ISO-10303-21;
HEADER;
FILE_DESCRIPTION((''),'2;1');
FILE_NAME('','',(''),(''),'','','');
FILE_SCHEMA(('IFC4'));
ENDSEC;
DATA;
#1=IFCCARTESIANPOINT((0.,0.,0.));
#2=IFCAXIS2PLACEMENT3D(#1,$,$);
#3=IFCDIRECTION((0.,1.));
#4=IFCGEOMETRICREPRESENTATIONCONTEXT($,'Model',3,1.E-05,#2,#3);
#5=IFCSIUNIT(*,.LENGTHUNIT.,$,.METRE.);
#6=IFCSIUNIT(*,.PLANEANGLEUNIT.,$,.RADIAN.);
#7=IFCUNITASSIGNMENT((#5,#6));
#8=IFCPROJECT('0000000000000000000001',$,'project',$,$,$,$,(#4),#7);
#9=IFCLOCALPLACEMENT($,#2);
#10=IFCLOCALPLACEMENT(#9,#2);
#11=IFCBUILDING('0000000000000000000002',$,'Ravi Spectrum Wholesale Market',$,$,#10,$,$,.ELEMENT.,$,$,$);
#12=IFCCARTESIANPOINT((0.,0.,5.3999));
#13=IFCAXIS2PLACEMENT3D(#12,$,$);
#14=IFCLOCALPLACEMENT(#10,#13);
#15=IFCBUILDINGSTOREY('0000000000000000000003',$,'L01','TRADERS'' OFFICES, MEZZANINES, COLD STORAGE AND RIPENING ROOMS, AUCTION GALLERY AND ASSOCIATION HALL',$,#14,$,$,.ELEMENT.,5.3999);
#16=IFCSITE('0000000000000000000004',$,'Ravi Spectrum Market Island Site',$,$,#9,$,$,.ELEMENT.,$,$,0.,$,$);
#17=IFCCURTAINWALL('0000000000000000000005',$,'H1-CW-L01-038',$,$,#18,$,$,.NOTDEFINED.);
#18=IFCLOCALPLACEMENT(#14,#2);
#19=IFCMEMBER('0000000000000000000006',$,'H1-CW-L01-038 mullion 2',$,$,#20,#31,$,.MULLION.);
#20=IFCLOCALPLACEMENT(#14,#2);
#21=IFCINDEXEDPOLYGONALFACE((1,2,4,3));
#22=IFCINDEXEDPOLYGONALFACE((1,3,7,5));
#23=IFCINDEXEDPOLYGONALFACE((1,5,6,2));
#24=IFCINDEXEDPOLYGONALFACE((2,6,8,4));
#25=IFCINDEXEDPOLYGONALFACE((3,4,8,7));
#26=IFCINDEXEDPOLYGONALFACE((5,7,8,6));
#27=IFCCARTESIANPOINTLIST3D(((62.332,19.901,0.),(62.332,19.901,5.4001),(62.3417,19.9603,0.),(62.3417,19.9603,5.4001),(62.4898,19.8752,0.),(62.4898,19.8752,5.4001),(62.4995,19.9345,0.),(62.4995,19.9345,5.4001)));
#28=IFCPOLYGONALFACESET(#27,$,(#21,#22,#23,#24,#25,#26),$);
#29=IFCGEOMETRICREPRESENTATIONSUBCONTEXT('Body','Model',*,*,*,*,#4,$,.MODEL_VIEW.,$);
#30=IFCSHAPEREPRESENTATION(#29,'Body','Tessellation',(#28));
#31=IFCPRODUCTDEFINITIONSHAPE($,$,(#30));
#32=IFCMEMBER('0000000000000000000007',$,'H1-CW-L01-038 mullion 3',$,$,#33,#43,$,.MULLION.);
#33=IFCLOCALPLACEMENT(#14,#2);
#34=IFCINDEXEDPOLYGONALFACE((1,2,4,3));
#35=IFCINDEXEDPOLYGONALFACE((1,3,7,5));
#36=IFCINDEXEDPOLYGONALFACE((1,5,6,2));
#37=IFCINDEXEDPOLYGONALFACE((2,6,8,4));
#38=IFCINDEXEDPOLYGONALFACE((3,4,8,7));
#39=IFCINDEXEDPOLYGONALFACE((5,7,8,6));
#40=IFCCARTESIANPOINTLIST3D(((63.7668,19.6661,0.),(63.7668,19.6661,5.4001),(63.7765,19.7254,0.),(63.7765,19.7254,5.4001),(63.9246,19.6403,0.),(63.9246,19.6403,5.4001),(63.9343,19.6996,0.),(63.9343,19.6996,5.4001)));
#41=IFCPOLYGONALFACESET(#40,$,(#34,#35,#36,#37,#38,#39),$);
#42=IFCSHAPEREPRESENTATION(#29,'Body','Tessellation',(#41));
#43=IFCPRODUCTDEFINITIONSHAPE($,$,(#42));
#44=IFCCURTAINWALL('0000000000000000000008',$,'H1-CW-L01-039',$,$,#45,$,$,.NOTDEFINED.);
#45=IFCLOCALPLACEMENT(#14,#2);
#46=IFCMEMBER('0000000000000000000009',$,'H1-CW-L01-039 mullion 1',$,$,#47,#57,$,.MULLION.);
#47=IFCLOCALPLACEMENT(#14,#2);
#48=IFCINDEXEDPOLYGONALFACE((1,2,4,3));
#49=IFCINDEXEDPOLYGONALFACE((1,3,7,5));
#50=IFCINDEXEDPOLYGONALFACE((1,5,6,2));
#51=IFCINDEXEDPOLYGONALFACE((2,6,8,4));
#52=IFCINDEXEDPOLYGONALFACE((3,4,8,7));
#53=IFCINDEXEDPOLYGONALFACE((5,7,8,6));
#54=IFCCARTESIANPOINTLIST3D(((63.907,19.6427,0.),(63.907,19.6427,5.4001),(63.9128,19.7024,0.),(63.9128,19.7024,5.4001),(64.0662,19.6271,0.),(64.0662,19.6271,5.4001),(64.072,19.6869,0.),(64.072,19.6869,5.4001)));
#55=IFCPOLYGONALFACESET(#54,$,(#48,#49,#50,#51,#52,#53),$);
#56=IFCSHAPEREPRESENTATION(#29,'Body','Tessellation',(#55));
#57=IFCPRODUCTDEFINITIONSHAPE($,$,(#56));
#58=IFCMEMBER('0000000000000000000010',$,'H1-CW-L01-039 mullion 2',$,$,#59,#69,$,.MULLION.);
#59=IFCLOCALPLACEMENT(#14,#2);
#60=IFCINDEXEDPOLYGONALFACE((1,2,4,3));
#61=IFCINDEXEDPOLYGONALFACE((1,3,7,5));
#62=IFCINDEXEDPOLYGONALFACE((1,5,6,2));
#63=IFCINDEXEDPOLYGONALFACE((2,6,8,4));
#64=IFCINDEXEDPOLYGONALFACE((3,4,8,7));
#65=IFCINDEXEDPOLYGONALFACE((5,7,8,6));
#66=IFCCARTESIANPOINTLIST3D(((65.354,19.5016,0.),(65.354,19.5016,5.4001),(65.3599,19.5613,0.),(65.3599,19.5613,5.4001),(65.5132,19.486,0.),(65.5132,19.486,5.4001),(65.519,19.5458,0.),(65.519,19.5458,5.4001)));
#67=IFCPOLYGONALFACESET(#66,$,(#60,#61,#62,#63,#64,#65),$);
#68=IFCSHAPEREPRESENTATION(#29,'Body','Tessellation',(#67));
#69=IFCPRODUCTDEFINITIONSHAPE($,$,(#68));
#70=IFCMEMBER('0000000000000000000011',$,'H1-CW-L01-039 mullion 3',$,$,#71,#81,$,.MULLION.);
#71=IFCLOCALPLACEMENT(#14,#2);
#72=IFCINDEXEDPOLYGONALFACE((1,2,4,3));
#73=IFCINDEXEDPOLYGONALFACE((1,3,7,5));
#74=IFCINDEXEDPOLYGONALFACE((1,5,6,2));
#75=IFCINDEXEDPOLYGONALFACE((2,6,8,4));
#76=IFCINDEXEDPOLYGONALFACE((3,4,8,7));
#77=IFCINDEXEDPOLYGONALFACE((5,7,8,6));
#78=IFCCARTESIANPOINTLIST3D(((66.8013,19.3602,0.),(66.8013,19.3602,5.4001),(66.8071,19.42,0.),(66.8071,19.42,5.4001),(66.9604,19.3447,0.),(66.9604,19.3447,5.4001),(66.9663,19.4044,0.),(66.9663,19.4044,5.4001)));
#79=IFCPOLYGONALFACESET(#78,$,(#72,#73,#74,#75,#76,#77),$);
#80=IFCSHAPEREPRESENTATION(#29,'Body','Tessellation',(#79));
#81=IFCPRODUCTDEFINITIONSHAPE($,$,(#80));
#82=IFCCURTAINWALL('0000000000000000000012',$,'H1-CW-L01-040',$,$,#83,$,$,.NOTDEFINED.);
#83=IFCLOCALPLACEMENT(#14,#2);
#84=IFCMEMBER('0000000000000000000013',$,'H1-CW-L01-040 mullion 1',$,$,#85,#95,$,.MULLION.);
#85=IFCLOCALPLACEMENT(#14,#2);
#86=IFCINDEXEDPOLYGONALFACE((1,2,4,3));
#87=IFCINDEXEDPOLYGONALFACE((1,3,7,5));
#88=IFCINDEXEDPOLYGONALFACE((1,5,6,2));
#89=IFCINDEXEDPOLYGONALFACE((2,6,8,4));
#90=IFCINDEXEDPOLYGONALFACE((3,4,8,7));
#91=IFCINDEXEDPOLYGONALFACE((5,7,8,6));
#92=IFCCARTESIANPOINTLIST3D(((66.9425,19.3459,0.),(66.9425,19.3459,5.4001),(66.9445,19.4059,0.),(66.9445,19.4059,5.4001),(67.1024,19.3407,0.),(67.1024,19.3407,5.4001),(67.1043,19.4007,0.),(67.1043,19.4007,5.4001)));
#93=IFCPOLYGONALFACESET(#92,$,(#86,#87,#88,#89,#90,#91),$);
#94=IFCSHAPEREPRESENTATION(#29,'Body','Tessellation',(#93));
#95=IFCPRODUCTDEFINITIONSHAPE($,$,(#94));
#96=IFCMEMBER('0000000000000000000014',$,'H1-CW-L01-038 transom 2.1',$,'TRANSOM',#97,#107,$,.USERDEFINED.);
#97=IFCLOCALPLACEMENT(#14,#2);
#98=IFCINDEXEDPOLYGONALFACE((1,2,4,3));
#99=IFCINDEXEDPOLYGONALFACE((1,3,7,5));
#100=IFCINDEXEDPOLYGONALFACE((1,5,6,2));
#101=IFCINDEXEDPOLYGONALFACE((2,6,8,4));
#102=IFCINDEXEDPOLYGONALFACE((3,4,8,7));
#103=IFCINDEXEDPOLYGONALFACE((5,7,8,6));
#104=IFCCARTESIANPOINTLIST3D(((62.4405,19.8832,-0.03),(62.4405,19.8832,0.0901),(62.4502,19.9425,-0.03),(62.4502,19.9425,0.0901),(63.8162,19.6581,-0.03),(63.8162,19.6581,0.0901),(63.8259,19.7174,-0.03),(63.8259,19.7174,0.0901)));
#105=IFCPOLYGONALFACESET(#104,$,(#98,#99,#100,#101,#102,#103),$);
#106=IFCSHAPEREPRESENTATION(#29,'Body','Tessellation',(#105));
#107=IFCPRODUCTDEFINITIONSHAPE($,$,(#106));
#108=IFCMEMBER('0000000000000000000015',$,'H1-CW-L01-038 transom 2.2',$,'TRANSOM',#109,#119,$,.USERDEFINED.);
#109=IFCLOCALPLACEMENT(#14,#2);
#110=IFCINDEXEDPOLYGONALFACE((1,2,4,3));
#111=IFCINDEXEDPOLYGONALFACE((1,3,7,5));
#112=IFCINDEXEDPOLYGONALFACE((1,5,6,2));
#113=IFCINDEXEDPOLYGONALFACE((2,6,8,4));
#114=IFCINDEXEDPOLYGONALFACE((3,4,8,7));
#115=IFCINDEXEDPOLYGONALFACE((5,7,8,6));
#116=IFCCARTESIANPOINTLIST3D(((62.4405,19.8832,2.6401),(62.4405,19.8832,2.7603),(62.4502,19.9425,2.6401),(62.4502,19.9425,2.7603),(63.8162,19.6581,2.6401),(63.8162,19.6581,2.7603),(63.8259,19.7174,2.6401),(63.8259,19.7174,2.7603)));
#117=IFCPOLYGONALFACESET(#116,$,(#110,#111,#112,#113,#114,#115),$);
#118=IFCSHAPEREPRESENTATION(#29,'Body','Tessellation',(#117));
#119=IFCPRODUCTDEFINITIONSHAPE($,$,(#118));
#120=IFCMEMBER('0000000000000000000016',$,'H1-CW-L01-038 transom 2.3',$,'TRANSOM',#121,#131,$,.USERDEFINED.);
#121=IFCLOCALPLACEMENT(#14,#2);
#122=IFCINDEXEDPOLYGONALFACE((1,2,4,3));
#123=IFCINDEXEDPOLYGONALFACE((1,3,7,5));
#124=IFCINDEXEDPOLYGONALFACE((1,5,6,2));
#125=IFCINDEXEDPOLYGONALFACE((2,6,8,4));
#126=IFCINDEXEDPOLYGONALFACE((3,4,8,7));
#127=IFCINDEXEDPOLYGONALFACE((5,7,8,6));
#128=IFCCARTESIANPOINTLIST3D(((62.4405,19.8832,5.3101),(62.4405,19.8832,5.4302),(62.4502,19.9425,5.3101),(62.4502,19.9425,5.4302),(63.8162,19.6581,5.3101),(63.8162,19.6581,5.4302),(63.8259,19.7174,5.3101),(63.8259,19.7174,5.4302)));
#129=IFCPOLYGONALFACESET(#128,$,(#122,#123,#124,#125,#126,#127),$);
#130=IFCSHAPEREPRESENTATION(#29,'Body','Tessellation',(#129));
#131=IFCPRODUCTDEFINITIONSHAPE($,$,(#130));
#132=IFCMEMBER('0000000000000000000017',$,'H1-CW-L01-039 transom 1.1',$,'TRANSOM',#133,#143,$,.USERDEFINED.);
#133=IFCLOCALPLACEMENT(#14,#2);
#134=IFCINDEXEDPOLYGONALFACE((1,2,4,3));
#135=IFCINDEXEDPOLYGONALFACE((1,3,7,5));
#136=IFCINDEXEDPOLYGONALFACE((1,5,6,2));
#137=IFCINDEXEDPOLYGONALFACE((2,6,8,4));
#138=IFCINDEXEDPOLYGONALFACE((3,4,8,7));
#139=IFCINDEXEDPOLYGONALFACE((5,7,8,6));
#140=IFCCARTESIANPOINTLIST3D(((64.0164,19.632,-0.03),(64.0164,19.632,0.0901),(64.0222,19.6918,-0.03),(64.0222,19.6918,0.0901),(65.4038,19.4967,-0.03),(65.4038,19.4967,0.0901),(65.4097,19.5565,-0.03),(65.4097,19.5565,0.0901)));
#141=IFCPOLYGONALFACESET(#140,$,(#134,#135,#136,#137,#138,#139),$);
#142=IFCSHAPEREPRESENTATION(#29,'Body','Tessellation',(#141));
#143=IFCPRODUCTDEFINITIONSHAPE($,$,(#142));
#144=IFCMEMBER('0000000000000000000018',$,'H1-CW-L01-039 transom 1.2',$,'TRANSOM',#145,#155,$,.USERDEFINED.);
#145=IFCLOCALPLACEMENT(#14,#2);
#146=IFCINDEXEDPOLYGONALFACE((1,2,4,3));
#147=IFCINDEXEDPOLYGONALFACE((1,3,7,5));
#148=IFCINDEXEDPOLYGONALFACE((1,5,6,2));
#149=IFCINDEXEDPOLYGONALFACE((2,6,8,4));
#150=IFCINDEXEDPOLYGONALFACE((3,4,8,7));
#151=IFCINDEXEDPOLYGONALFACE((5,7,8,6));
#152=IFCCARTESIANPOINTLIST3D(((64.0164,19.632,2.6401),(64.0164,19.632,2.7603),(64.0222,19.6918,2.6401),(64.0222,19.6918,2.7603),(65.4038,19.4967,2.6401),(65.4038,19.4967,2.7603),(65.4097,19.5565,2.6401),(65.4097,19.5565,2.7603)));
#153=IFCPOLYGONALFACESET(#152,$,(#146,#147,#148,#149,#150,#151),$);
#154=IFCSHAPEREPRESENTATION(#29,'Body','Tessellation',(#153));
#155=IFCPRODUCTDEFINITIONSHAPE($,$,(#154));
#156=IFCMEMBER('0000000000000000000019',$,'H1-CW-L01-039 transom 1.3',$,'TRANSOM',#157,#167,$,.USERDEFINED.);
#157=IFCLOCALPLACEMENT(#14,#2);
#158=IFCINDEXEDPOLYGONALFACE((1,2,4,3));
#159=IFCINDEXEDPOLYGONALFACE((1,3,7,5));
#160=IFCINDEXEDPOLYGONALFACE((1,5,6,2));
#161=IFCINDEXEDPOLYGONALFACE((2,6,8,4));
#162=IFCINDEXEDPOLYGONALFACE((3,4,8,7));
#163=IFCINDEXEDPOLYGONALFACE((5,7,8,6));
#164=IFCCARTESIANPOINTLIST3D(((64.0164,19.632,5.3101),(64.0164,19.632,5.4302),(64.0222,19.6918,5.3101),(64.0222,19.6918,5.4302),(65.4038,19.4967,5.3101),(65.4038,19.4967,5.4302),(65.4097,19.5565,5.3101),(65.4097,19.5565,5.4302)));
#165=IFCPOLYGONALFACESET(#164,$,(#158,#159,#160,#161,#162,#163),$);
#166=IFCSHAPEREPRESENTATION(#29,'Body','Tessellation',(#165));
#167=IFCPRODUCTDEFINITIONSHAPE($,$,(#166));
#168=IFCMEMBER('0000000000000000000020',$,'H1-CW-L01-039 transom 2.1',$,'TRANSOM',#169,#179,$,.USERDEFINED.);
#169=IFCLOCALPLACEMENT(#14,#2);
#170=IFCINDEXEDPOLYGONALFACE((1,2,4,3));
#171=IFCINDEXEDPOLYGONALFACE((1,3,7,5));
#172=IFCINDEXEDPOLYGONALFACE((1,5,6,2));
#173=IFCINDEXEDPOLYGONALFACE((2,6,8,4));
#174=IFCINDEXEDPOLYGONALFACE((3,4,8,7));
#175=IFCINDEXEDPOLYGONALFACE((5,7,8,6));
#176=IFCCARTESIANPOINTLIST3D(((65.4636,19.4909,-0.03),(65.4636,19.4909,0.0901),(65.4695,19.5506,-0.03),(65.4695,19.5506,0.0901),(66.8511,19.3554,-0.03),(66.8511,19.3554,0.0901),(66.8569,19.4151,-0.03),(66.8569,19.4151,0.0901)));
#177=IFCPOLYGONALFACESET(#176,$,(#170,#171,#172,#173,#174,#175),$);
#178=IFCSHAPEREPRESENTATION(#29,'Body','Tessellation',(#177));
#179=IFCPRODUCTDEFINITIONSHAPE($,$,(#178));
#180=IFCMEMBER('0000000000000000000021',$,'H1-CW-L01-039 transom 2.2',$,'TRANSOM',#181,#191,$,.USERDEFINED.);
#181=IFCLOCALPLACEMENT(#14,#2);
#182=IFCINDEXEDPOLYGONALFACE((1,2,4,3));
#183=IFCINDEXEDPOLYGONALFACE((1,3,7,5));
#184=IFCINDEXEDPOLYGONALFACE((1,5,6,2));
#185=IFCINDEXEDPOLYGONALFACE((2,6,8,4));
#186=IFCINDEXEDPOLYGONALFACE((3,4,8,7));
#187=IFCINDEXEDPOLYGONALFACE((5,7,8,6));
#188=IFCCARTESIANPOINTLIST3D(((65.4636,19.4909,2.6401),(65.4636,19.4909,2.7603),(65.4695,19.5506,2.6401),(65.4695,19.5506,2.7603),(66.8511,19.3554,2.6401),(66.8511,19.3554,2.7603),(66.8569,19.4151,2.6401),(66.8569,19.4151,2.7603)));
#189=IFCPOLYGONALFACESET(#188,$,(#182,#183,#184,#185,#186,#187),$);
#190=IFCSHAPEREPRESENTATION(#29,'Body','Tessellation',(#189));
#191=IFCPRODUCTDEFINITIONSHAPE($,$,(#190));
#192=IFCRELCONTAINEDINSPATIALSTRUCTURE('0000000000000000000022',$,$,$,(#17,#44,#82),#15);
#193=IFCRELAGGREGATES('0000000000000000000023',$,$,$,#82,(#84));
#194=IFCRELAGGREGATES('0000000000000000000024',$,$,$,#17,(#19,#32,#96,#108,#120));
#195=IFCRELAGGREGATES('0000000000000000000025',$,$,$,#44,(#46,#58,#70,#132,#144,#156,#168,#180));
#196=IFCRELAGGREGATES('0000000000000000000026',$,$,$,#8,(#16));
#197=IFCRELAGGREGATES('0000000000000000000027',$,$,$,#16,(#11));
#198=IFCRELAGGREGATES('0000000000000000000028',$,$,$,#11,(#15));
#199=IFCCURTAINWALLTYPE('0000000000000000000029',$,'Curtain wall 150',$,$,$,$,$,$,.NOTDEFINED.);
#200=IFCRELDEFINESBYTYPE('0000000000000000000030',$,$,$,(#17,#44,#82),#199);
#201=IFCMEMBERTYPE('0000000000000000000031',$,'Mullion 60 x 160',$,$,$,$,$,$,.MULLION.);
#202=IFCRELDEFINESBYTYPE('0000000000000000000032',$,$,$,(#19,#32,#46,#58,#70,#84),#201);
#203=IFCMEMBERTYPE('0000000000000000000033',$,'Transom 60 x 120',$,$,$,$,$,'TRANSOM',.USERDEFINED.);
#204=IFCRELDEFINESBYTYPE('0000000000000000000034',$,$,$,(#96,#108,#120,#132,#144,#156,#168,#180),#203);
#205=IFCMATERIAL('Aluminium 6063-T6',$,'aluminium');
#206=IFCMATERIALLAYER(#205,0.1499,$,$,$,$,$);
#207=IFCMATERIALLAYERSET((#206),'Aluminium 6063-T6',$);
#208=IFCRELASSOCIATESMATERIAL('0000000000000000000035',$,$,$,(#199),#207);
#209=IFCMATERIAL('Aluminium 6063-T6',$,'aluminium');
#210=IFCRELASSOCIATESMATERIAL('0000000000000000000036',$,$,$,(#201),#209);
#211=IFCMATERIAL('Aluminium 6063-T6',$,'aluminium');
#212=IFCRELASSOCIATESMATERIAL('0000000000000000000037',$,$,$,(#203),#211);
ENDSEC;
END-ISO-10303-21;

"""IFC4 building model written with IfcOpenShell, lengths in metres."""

from ifc_helpers import new_model, si_unit, direction, frame, origin, origin_2d, place, context, subcontext, project, spatial, rectangle, extrude, material, layer, layer_set, material_profile, profile_set, type_object, element, aggregate, save


model = new_model("IFC4")

# Units and contexts
model_context = context("Model", 3, precision=1e-05, world=origin(), true_north=direction((0.0, 1.0)))
body_context = subcontext(model_context, "Body", "Model", "MODEL_VIEW")
ifc_project = project(units=[si_unit("LENGTHUNIT", "METRE"), si_unit("PLANEANGLEUNIT", "RADIAN")], contexts=[model_context])

# Site, building, storey
site_placement = place(None, origin())
site = spatial("IfcSite", under=ifc_project, at=site_placement, Name="Ravi Spectrum Market Island Site", CompositionType="ELEMENT", RefElevation=0.0)
building_placement = place(site_placement, origin())
building = spatial("IfcBuilding", under=site, at=building_placement, Name="Ravi Spectrum Wholesale Market", CompositionType="ELEMENT")
storey_placement = place(building_placement, frame((0.0, 0.0, 5.3999)))
storey = spatial("IfcBuildingStorey", under=building, at=storey_placement, Name="L01", Description="TRADERS' OFFICES, MEZZANINES, COLD STORAGE AND RIPENING ROOMS, AUCTION GALLERY AND ASSOCIATION HALL", CompositionType="ELEMENT", Elevation=5.3999)

# Curtain walls, members
ifc_material_1 = material(Name="Aluminium 6063-T6", Category="aluminium")
ifc_layer_1 = layer(ifc_material_1, 0.1499)
ifc_layer_set_1 = layer_set([ifc_layer_1], Name="Aluminium 6063-T6")
curtain_wall_type = type_object("IfcCurtainWallType", Name="Curtain wall 150", PredefinedType="NOTDEFINED", material=ifc_layer_set_1)
curtain_wall_1_placement = place(storey_placement, origin())
curtain_wall_1 = element("IfcCurtainWall", 1, at=curtain_wall_1_placement, inside=storey, type_object=curtain_wall_type, Name="H1-CW-L01-038", PredefinedType="NOTDEFINED")
ifc_material_2 = material(Name="Aluminium 6063-T6", Category="aluminium")
ifc_material_profile_1 = material_profile(ifc_material_2, rectangle(XDim=0.0601, YDim=0.1599, at=origin_2d()))
ifc_profile_set_1 = profile_set([ifc_material_profile_1], Name="Aluminium 6063-T6")
member_type_1 = type_object("IfcMemberType", Name="Mullion 60 x 160", PredefinedType="MULLION", material=ifc_profile_set_1)
member_1_placement = place(storey_placement, frame((62.4158, 19.9177, 0.0), z_axis=(0.0, 0.0, 1.0), x_axis=(0.161453, 0.98688, 0.0)))
member_1 = element("IfcMember", 2, at=member_1_placement, type_object=member_type_1, Name="H1-CW-L01-038 mullion 2", PredefinedType="MULLION", context=body_context, shape_type="SweptSolid", body=[
    extrude(rectangle(XDim=0.0601, YDim=0.1599, at=origin_2d()), origin(), (0.0, 0.0, 1.0), 5.4001),
])
member_2_placement = place(storey_placement, frame((63.8506, 19.6829, 0.0), z_axis=(0.0, 0.0, 1.0), x_axis=(0.161453, 0.98688, 0.0)))
member_2 = element("IfcMember", 3, at=member_2_placement, type_object=member_type_1, Name="H1-CW-L01-038 mullion 3", PredefinedType="MULLION", context=body_context, shape_type="SweptSolid", body=[
    extrude(rectangle(XDim=0.0601, YDim=0.1599, at=origin_2d()), origin(), (0.0, 0.0, 1.0), 5.4001),
])
curtain_wall_2_placement = place(storey_placement, origin())
curtain_wall_2 = element("IfcCurtainWall", 4, at=curtain_wall_2_placement, inside=storey, type_object=curtain_wall_type, Name="H1-CW-L01-039", PredefinedType="NOTDEFINED")
member_3_placement = place(storey_placement, frame((63.9895, 19.6648, 0.0), z_axis=(0.0, 0.0, 1.0), x_axis=(0.097144, 0.99527, 0.0)))
member_3 = element("IfcMember", 5, at=member_3_placement, type_object=member_type_1, Name="H1-CW-L01-039 mullion 1", PredefinedType="MULLION", context=body_context, shape_type="SweptSolid", body=[
    extrude(rectangle(XDim=0.0601, YDim=0.1599, at=origin_2d()), origin(), (0.0, 0.0, 1.0), 5.4001),
])
member_4_placement = place(storey_placement, frame((65.4365, 19.5237, 0.0), z_axis=(0.0, 0.0, 1.0), x_axis=(0.097144, 0.99527, 0.0)))
member_4 = element("IfcMember", 6, at=member_4_placement, type_object=member_type_1, Name="H1-CW-L01-039 mullion 2", PredefinedType="MULLION", context=body_context, shape_type="SweptSolid", body=[
    extrude(rectangle(XDim=0.0601, YDim=0.1599, at=origin_2d()), origin(), (0.0, 0.0, 1.0), 5.4001),
])
member_5_placement = place(storey_placement, frame((66.8838, 19.3823, 0.0), z_axis=(0.0, 0.0, 1.0), x_axis=(0.097144, 0.99527, 0.0)))
member_5 = element("IfcMember", 7, at=member_5_placement, type_object=member_type_1, Name="H1-CW-L01-039 mullion 3", PredefinedType="MULLION", context=body_context, shape_type="SweptSolid", body=[
    extrude(rectangle(XDim=0.0601, YDim=0.1599, at=origin_2d()), origin(), (0.0, 0.0, 1.0), 5.4001),
])

# Curtain wall, member
curtain_wall_3_placement = place(storey_placement, origin())
curtain_wall_3 = element("IfcCurtainWall", 8, at=curtain_wall_3_placement, inside=storey, type_object=curtain_wall_type, Name="H1-CW-L01-040", PredefinedType="NOTDEFINED")
member_6_placement = place(storey_placement, frame((67.0234, 19.3733, 0.0), z_axis=(0.0, 0.0, 1.0), x_axis=(0.032427, 0.999474, 0.0)))
member_6 = element("IfcMember", 9, at=member_6_placement, type_object=member_type_1, Name="H1-CW-L01-040 mullion 1", PredefinedType="MULLION", context=body_context, shape_type="SweptSolid", body=[
    extrude(rectangle(XDim=0.0601, YDim=0.1599, at=origin_2d()), origin(), (0.0, 0.0, 1.0), 5.4001),
])
aggregate(curtain_wall_3, [member_6])

# Members
ifc_material_3 = material(Name="Aluminium 6063-T6", Category="aluminium")
ifc_material_profile_2 = material_profile(ifc_material_3, rectangle(XDim=0.0601, YDim=0.1201, at=origin_2d()))
ifc_profile_set_2 = profile_set([ifc_material_profile_2], Name="Aluminium 6063-T6")
member_type_2 = type_object("IfcMemberType", Name="Transom 60 x 120", ElementType="TRANSOM", PredefinedType="USERDEFINED", material=ifc_profile_set_2)
member_7_placement = place(storey_placement, frame((62.4453, 19.9128, 0.03), z_axis=(0.986877, -0.161473, 0.0), x_axis=(0.161473, 0.986877, 0.0)))
member_7 = element("IfcMember", 10, at=member_7_placement, type_object=member_type_2, Name="H1-CW-L01-038 transom 2.1", ObjectType="TRANSOM", PredefinedType="USERDEFINED", context=body_context, shape_type="SweptSolid", body=[
    extrude(rectangle(XDim=0.0601, YDim=0.1201, at=origin_2d()), origin(), (0.0, 0.0, 1.0), 1.394),
])
member_8_placement = place(storey_placement, frame((62.4453, 19.9128, 2.7002), z_axis=(0.986877, -0.161473, 0.0), x_axis=(0.161473, 0.986877, 0.0)))
member_8 = element("IfcMember", 11, at=member_8_placement, type_object=member_type_2, Name="H1-CW-L01-038 transom 2.2", ObjectType="TRANSOM", PredefinedType="USERDEFINED", context=body_context, shape_type="SweptSolid", body=[
    extrude(rectangle(XDim=0.0601, YDim=0.1201, at=origin_2d()), origin(), (0.0, 0.0, 1.0), 1.394),
])
member_9_placement = place(storey_placement, frame((62.4453, 19.9128, 5.3701), z_axis=(0.986877, -0.161473, 0.0), x_axis=(0.161473, 0.986877, 0.0)))
member_9 = element("IfcMember", 12, at=member_9_placement, type_object=member_type_2, Name="H1-CW-L01-038 transom 2.3", ObjectType="TRANSOM", PredefinedType="USERDEFINED", context=body_context, shape_type="SweptSolid", body=[
    extrude(rectangle(XDim=0.0601, YDim=0.1201, at=origin_2d()), origin(), (0.0, 0.0, 1.0), 1.394),
])
member_10_placement = place(storey_placement, frame((64.0193, 19.6619, 0.03), z_axis=(0.995282, -0.097024, 0.0), x_axis=(0.097024, 0.995282, 0.0)))
member_10 = element("IfcMember", 13, at=member_10_placement, type_object=member_type_2, Name="H1-CW-L01-039 transom 1.1", ObjectType="TRANSOM", PredefinedType="USERDEFINED", context=body_context, shape_type="SweptSolid", body=[
    extrude(rectangle(XDim=0.0601, YDim=0.1201, at=origin_2d()), origin(), (0.0, 0.0, 1.0), 1.394),
])
member_11_placement = place(storey_placement, frame((64.0193, 19.6619, 2.7002), z_axis=(0.995282, -0.097024, 0.0), x_axis=(0.097024, 0.995282, 0.0)))
member_11 = element("IfcMember", 14, at=member_11_placement, type_object=member_type_2, Name="H1-CW-L01-039 transom 1.2", ObjectType="TRANSOM", PredefinedType="USERDEFINED", context=body_context, shape_type="SweptSolid", body=[
    extrude(rectangle(XDim=0.0601, YDim=0.1201, at=origin_2d()), origin(), (0.0, 0.0, 1.0), 1.394),
])
member_12_placement = place(storey_placement, frame((64.0193, 19.6619, 5.3701), z_axis=(0.995282, -0.097024, 0.0), x_axis=(0.097024, 0.995282, 0.0)))
member_12 = element("IfcMember", 15, at=member_12_placement, type_object=member_type_2, Name="H1-CW-L01-039 transom 1.3", ObjectType="TRANSOM", PredefinedType="USERDEFINED", context=body_context, shape_type="SweptSolid", body=[
    extrude(rectangle(XDim=0.0601, YDim=0.1201, at=origin_2d()), origin(), (0.0, 0.0, 1.0), 1.394),
])
member_13_placement = place(storey_placement, frame((65.4666, 19.5208, 0.03), z_axis=(0.995265, -0.097197, 0.0), x_axis=(0.097197, 0.995265, 0.0)))
member_13 = element("IfcMember", 16, at=member_13_placement, type_object=member_type_2, Name="H1-CW-L01-039 transom 2.1", ObjectType="TRANSOM", PredefinedType="USERDEFINED", context=body_context, shape_type="SweptSolid", body=[
    extrude(rectangle(XDim=0.0601, YDim=0.1201, at=origin_2d()), origin(), (0.0, 0.0, 1.0), 1.394),
])
member_14_placement = place(storey_placement, frame((65.4666, 19.5208, 2.7002), z_axis=(0.995265, -0.097197, 0.0), x_axis=(0.097197, 0.995265, 0.0)))
member_14 = element("IfcMember", 17, at=member_14_placement, type_object=member_type_2, Name="H1-CW-L01-039 transom 2.2", ObjectType="TRANSOM", PredefinedType="USERDEFINED", context=body_context, shape_type="SweptSolid", body=[
    extrude(rectangle(XDim=0.0601, YDim=0.1201, at=origin_2d()), origin(), (0.0, 0.0, 1.0), 1.394),
])

aggregate(curtain_wall_1, [member_1, member_2, member_7, member_8, member_9])
aggregate(curtain_wall_2, [member_3, member_4, member_5, member_10, member_11, member_12, member_13, member_14])

save(model, "model.ifc")
